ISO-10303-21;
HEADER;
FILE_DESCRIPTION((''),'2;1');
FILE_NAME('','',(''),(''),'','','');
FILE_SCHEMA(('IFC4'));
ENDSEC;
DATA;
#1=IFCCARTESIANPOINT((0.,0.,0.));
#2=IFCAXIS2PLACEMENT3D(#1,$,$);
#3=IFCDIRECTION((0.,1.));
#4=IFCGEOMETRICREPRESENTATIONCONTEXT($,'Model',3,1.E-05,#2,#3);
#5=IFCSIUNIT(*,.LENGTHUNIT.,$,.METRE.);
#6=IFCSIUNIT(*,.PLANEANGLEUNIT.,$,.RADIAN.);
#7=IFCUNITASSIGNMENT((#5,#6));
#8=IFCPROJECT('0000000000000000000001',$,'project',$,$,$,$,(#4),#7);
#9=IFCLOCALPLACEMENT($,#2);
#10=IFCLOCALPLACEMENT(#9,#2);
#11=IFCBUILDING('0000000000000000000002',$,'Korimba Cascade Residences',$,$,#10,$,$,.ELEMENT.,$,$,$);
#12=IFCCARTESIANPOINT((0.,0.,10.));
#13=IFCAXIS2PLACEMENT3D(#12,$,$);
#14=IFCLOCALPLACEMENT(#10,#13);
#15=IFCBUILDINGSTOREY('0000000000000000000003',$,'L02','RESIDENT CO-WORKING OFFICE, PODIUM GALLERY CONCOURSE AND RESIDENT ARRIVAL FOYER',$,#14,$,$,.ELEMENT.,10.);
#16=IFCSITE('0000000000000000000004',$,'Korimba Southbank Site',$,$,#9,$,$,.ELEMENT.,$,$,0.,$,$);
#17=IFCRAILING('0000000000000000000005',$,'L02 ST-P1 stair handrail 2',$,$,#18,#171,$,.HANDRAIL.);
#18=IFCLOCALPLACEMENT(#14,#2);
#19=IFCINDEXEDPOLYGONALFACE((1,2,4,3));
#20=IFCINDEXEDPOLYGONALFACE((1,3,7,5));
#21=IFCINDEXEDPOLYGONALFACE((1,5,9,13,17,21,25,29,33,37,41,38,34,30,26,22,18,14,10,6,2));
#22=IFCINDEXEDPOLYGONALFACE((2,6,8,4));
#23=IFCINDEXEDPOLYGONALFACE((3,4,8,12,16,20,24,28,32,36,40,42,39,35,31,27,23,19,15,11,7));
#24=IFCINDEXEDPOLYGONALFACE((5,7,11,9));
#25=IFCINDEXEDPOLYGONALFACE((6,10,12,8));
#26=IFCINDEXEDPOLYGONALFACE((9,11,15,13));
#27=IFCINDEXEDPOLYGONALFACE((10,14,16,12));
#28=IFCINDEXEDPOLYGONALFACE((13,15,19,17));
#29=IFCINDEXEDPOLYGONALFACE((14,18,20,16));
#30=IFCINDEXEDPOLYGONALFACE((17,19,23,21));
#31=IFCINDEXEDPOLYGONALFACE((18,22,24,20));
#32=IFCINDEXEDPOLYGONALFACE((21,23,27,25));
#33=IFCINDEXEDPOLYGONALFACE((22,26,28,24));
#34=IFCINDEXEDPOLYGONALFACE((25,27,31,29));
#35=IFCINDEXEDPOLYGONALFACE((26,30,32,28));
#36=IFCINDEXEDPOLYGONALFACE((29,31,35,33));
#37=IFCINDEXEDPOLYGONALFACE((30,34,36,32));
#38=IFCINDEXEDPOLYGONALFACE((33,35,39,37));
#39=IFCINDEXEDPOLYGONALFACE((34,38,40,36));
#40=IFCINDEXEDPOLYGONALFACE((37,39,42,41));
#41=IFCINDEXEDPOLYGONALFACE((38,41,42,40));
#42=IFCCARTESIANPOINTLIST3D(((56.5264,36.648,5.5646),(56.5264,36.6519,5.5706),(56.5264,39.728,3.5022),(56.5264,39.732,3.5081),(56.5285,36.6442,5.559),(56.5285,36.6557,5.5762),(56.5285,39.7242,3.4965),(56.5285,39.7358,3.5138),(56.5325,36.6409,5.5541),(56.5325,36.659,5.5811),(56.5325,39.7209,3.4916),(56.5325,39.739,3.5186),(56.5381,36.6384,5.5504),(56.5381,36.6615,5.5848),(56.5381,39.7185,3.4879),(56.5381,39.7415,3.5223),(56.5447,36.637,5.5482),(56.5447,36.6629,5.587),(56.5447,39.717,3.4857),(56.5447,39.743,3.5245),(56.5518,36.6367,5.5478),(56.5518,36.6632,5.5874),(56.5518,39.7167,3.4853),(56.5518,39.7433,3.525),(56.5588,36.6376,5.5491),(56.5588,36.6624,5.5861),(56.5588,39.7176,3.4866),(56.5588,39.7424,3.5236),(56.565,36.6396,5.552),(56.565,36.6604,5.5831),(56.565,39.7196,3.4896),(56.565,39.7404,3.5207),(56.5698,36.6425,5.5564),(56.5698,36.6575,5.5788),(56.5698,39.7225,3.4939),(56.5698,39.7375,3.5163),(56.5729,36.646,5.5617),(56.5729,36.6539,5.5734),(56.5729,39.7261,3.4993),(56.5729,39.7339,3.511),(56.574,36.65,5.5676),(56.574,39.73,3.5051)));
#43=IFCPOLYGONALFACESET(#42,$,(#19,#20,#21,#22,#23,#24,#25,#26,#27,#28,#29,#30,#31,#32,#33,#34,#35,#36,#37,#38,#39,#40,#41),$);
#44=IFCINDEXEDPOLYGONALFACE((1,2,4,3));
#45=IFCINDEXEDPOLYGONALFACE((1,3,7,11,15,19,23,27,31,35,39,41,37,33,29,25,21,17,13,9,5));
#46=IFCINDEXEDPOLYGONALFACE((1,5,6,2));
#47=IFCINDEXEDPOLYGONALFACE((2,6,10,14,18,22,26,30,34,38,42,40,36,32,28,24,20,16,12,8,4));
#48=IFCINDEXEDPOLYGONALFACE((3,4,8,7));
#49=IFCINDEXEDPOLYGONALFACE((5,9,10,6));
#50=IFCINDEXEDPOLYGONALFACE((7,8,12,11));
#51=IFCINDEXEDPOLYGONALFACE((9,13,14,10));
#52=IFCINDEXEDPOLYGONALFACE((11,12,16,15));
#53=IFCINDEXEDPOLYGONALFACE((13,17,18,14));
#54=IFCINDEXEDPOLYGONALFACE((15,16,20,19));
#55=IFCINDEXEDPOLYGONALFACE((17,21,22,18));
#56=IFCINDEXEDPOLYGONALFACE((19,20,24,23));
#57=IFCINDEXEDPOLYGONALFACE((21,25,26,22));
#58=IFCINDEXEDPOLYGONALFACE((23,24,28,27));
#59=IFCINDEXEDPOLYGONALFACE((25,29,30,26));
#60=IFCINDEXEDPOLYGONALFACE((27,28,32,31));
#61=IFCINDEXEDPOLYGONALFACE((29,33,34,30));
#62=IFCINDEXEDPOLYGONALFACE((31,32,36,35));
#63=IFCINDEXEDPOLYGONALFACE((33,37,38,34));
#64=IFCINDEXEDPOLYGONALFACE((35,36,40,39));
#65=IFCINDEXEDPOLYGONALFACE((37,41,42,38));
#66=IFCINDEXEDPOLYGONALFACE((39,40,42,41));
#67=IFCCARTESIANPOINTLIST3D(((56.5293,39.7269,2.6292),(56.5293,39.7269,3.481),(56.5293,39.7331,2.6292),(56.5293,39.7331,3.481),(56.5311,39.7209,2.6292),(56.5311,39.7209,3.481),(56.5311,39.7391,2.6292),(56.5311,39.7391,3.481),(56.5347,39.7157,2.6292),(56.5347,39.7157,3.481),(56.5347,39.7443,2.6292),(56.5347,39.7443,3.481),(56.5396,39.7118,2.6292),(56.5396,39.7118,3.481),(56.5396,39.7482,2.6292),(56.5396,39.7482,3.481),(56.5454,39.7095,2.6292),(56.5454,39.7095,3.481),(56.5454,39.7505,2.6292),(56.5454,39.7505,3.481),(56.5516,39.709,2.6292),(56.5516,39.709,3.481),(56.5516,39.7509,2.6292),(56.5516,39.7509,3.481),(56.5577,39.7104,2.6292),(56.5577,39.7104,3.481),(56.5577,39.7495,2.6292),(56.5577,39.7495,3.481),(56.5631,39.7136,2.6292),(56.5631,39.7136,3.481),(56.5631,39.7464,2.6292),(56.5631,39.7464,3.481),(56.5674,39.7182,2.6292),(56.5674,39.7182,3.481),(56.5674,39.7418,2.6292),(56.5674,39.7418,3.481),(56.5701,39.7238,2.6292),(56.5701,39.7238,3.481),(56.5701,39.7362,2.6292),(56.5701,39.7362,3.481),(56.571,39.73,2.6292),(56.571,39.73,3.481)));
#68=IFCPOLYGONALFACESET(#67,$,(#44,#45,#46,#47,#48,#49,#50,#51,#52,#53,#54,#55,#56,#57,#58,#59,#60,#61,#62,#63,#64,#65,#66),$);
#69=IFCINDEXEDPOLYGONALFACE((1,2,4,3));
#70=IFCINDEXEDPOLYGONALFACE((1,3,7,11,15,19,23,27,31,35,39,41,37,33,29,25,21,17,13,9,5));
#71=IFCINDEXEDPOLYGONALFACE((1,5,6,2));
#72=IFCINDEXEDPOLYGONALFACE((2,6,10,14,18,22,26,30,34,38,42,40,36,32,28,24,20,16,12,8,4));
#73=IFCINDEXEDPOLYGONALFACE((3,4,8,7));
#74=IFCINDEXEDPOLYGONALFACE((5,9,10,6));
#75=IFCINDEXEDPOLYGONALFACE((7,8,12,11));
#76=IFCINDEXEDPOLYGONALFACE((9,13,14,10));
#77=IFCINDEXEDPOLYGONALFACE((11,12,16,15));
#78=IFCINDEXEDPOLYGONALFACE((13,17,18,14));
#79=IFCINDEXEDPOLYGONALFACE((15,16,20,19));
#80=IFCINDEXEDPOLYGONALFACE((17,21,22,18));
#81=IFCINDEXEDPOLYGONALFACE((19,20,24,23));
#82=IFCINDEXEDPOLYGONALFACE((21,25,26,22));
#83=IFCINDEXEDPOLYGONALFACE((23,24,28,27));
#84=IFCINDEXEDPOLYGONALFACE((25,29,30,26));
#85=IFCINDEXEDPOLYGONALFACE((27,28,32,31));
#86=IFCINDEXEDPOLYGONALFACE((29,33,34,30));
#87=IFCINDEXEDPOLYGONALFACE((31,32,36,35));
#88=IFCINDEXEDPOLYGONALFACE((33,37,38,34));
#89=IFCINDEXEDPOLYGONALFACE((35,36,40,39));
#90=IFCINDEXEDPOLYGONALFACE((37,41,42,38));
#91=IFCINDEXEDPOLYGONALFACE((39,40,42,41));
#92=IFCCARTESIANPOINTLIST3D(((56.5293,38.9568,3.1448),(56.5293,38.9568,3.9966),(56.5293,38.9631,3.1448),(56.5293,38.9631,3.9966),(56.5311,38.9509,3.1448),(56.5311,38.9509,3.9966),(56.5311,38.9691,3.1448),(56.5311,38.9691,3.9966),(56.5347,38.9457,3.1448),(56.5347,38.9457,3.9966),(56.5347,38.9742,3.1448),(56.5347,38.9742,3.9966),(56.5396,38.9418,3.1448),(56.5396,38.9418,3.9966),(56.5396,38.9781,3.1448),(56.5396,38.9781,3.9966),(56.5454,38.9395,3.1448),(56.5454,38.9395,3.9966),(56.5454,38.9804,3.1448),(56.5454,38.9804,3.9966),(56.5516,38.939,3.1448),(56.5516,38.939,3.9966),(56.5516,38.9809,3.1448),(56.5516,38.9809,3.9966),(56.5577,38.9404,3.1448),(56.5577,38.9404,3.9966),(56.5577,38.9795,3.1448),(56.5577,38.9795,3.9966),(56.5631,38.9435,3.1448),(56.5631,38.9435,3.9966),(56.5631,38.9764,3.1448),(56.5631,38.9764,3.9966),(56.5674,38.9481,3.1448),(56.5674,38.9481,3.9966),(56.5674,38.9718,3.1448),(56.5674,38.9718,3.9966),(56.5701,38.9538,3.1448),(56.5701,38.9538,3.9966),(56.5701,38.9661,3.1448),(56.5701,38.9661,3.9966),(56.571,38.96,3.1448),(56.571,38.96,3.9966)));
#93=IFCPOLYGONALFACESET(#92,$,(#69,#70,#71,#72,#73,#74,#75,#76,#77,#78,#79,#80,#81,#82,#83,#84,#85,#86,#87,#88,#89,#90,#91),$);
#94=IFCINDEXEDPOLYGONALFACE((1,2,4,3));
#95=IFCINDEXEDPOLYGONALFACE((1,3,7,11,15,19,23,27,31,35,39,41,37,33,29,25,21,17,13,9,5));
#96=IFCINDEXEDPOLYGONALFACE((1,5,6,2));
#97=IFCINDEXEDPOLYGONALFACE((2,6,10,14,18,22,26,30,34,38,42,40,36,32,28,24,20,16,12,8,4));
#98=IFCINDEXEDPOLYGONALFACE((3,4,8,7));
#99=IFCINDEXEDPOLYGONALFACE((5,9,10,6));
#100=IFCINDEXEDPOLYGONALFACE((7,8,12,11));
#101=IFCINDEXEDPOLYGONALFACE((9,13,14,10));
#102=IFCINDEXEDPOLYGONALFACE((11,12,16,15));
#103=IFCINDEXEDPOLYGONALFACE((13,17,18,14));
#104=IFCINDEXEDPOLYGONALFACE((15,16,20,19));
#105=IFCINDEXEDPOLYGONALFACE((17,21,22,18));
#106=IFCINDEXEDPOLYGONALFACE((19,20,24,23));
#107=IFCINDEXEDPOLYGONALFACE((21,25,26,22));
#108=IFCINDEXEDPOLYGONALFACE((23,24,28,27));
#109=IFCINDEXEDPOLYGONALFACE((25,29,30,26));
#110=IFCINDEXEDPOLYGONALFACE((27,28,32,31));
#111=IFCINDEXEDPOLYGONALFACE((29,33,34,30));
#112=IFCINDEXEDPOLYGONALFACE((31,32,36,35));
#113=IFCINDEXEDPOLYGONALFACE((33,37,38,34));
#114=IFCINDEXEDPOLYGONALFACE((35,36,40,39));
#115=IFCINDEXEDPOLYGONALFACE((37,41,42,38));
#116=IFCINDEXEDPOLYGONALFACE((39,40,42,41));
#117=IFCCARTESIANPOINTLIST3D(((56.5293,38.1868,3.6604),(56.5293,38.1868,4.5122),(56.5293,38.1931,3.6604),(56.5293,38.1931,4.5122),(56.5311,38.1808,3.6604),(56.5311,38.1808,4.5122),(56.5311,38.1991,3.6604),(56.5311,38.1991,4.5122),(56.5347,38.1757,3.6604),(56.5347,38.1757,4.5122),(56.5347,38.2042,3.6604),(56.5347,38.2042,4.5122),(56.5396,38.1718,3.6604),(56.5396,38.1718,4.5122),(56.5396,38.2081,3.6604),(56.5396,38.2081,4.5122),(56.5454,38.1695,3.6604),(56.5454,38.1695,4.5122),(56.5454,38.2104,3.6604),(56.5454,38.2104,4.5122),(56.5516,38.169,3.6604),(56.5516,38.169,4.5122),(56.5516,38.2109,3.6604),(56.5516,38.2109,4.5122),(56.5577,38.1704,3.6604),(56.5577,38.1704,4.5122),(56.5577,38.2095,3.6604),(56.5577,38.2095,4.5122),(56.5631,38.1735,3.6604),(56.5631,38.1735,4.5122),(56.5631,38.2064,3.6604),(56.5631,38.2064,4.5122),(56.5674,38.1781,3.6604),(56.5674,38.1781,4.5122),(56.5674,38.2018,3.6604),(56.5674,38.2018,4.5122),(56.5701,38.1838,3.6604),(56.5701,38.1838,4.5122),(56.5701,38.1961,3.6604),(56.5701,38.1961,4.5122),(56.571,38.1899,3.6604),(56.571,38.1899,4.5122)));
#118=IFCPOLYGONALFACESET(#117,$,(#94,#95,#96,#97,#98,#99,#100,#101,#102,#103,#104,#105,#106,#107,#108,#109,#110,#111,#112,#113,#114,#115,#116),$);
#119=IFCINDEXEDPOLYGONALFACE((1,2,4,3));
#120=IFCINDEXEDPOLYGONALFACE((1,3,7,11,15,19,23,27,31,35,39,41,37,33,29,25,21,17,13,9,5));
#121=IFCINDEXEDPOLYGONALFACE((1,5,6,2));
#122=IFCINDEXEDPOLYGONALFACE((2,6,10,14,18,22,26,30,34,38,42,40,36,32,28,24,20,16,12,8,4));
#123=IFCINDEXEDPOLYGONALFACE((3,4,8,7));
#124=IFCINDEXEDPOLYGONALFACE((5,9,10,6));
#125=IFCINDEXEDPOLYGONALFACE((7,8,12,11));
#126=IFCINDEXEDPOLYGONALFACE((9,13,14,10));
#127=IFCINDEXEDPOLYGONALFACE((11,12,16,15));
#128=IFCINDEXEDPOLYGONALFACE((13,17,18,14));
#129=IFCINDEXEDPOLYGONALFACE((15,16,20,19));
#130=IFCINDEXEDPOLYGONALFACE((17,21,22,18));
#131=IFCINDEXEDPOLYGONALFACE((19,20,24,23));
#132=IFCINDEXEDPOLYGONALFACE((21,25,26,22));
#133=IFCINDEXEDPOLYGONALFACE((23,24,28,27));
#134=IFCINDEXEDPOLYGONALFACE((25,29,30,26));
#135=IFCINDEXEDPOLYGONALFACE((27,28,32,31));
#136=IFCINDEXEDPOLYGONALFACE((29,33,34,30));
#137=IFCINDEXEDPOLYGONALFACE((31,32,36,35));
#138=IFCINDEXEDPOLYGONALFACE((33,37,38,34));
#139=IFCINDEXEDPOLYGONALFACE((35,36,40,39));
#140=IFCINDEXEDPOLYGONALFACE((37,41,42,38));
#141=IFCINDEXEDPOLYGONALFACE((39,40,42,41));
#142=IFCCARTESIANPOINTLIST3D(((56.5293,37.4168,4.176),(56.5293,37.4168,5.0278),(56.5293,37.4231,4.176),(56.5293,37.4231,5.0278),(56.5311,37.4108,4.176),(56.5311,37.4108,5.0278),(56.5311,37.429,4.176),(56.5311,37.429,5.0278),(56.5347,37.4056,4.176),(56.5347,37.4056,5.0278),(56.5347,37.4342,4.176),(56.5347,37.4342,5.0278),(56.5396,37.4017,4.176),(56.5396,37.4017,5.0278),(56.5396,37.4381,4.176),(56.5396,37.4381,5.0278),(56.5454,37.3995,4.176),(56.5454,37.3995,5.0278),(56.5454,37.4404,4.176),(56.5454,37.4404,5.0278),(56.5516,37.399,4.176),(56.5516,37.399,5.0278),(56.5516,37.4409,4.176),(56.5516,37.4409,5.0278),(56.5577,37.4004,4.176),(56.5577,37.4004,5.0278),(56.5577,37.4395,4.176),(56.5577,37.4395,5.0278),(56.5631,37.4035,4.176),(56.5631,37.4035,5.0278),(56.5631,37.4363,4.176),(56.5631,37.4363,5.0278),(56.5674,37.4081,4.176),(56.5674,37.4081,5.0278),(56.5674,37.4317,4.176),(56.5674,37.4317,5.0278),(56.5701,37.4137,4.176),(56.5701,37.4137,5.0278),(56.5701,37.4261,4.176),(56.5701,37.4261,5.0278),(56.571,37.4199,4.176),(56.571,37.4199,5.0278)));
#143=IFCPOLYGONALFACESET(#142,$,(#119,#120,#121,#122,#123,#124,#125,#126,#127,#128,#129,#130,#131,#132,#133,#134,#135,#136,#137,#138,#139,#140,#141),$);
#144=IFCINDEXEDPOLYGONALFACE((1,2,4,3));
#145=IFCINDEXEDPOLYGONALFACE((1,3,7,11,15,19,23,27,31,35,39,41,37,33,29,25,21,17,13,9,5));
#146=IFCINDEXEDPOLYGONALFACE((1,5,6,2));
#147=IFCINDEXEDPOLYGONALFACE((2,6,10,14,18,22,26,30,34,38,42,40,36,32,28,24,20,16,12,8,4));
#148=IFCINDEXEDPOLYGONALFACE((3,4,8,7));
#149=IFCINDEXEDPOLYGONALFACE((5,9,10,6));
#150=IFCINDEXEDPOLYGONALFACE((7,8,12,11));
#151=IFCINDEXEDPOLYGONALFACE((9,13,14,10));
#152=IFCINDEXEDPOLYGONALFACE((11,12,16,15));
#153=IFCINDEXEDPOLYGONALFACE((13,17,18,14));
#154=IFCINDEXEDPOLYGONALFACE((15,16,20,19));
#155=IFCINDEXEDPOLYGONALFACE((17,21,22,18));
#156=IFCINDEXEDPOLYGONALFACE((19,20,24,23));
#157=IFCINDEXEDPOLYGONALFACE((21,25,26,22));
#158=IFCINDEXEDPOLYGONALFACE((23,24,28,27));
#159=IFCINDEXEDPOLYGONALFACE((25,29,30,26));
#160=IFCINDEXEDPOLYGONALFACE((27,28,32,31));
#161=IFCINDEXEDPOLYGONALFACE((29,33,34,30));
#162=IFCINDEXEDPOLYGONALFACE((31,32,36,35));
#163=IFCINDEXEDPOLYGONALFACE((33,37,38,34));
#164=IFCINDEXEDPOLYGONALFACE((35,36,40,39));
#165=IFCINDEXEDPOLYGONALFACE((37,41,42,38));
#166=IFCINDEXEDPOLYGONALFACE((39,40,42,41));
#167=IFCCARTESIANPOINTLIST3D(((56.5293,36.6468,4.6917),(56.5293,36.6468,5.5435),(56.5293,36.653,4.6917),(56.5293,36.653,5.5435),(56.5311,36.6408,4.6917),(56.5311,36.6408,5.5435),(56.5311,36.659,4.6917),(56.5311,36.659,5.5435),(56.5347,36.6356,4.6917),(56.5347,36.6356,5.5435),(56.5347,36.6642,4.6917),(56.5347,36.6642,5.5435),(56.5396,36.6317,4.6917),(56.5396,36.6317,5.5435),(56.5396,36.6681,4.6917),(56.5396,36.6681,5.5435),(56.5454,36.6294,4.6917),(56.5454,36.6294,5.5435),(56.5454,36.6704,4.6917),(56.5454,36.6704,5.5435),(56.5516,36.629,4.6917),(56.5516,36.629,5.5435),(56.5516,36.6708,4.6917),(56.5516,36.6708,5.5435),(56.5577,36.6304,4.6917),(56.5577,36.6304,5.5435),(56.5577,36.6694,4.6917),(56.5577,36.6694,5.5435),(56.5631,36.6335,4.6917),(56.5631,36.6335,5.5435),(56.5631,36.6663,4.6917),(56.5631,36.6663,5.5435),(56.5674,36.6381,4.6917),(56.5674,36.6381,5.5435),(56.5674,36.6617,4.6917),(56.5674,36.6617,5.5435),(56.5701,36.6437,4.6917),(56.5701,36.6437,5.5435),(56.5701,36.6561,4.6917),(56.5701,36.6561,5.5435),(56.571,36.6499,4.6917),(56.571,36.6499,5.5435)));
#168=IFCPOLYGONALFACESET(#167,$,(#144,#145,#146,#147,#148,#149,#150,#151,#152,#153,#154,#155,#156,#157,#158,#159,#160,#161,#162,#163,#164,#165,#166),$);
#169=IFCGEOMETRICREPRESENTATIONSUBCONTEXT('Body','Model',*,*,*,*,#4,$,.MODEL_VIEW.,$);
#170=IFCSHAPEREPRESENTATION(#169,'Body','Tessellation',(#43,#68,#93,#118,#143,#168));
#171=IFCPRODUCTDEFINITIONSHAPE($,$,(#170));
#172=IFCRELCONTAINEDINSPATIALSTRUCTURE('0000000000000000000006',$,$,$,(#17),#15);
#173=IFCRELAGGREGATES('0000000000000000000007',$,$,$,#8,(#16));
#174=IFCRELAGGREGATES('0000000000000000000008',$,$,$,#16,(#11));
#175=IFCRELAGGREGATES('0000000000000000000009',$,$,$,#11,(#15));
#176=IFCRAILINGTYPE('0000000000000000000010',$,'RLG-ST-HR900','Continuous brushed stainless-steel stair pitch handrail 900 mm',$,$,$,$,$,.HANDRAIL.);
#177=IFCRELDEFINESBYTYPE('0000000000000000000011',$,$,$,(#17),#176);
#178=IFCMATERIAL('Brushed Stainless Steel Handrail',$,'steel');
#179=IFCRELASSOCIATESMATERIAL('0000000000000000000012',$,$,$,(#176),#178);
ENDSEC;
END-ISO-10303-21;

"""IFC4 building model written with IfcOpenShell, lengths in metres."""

from ifc_helpers import new_model, si_unit, direction, frame, origin, origin_2d, place, context, subcontext, project, spatial, circle, extrude, material, type_object, element, save


model = new_model("IFC4")

# Units and contexts
model_context = context("Model", 3, precision=1e-05, world=origin(), true_north=direction((0.0, 1.0)))
body_context = subcontext(model_context, "Body", "Model", "MODEL_VIEW")
ifc_project = project(units=[si_unit("LENGTHUNIT", "METRE"), si_unit("PLANEANGLEUNIT", "RADIAN")], contexts=[model_context])

# Site, building, storey
site_placement = place(None, origin())
site = spatial("IfcSite", under=ifc_project, at=site_placement, Name="Korimba Southbank Site", CompositionType="ELEMENT", RefElevation=0.0)
building_placement = place(site_placement, origin())
building = spatial("IfcBuilding", under=site, at=building_placement, Name="Korimba Cascade Residences", CompositionType="ELEMENT")
storey_placement = place(building_placement, frame((0.0, 0.0, 10.0)))
storey = spatial("IfcBuildingStorey", under=building, at=storey_placement, Name="L02", Description="RESIDENT CO-WORKING OFFICE, PODIUM GALLERY CONCOURSE AND RESIDENT ARRIVAL FOYER", CompositionType="ELEMENT", Elevation=10.0)

# Railing
ifc_material_1 = material(Name="Brushed Stainless Steel Handrail", Category="steel")
railing_type_1 = type_object("IfcRailingType", Name="RLG-ST-HR900", Description="Continuous brushed stainless-steel stair pitch handrail 900 mm", PredefinedType="HANDRAIL", material=ifc_material_1)
railing_1_placement = place(storey_placement, frame((56.55, 39.73, 2.6292)))
element("IfcRailing", 1, at=railing_1_placement, inside=storey, type_object=railing_type_1, Name="L02 ST-P1 stair handrail 2", PredefinedType="HANDRAIL", context=body_context, shape_type="SweptSolid", body=[
    extrude(circle(Radius=0.0239, at=origin_2d()), frame((0.0, 0.0, 0.876), z_axis=(0.0, -0.830914, 0.556401), x_axis=(1.0, 0.0, 0.0)), (0.0, 0.0, 1.0), 3.7068),
    extrude(circle(Radius=0.021, at=origin_2d()), origin(), (0.0, 0.0, 1.0), 0.8518),
    extrude(circle(Radius=0.021, at=origin_2d()), frame((0.0, -0.77, 0.5156)), (0.0, 0.0, 1.0), 0.8518),
    extrude(circle(Radius=0.021, at=origin_2d()), frame((0.0, -1.54, 1.0312)), (0.0, 0.0, 1.0), 0.8518),
    extrude(circle(Radius=0.021, at=origin_2d()), frame((0.0, -2.3101, 1.5469)), (0.0, 0.0, 1.0), 0.8518),
    extrude(circle(Radius=0.021, at=origin_2d()), frame((0.0, -3.0801, 2.0625)), (0.0, 0.0, 1.0), 0.8518),
])

save(model, "model.ifc")
